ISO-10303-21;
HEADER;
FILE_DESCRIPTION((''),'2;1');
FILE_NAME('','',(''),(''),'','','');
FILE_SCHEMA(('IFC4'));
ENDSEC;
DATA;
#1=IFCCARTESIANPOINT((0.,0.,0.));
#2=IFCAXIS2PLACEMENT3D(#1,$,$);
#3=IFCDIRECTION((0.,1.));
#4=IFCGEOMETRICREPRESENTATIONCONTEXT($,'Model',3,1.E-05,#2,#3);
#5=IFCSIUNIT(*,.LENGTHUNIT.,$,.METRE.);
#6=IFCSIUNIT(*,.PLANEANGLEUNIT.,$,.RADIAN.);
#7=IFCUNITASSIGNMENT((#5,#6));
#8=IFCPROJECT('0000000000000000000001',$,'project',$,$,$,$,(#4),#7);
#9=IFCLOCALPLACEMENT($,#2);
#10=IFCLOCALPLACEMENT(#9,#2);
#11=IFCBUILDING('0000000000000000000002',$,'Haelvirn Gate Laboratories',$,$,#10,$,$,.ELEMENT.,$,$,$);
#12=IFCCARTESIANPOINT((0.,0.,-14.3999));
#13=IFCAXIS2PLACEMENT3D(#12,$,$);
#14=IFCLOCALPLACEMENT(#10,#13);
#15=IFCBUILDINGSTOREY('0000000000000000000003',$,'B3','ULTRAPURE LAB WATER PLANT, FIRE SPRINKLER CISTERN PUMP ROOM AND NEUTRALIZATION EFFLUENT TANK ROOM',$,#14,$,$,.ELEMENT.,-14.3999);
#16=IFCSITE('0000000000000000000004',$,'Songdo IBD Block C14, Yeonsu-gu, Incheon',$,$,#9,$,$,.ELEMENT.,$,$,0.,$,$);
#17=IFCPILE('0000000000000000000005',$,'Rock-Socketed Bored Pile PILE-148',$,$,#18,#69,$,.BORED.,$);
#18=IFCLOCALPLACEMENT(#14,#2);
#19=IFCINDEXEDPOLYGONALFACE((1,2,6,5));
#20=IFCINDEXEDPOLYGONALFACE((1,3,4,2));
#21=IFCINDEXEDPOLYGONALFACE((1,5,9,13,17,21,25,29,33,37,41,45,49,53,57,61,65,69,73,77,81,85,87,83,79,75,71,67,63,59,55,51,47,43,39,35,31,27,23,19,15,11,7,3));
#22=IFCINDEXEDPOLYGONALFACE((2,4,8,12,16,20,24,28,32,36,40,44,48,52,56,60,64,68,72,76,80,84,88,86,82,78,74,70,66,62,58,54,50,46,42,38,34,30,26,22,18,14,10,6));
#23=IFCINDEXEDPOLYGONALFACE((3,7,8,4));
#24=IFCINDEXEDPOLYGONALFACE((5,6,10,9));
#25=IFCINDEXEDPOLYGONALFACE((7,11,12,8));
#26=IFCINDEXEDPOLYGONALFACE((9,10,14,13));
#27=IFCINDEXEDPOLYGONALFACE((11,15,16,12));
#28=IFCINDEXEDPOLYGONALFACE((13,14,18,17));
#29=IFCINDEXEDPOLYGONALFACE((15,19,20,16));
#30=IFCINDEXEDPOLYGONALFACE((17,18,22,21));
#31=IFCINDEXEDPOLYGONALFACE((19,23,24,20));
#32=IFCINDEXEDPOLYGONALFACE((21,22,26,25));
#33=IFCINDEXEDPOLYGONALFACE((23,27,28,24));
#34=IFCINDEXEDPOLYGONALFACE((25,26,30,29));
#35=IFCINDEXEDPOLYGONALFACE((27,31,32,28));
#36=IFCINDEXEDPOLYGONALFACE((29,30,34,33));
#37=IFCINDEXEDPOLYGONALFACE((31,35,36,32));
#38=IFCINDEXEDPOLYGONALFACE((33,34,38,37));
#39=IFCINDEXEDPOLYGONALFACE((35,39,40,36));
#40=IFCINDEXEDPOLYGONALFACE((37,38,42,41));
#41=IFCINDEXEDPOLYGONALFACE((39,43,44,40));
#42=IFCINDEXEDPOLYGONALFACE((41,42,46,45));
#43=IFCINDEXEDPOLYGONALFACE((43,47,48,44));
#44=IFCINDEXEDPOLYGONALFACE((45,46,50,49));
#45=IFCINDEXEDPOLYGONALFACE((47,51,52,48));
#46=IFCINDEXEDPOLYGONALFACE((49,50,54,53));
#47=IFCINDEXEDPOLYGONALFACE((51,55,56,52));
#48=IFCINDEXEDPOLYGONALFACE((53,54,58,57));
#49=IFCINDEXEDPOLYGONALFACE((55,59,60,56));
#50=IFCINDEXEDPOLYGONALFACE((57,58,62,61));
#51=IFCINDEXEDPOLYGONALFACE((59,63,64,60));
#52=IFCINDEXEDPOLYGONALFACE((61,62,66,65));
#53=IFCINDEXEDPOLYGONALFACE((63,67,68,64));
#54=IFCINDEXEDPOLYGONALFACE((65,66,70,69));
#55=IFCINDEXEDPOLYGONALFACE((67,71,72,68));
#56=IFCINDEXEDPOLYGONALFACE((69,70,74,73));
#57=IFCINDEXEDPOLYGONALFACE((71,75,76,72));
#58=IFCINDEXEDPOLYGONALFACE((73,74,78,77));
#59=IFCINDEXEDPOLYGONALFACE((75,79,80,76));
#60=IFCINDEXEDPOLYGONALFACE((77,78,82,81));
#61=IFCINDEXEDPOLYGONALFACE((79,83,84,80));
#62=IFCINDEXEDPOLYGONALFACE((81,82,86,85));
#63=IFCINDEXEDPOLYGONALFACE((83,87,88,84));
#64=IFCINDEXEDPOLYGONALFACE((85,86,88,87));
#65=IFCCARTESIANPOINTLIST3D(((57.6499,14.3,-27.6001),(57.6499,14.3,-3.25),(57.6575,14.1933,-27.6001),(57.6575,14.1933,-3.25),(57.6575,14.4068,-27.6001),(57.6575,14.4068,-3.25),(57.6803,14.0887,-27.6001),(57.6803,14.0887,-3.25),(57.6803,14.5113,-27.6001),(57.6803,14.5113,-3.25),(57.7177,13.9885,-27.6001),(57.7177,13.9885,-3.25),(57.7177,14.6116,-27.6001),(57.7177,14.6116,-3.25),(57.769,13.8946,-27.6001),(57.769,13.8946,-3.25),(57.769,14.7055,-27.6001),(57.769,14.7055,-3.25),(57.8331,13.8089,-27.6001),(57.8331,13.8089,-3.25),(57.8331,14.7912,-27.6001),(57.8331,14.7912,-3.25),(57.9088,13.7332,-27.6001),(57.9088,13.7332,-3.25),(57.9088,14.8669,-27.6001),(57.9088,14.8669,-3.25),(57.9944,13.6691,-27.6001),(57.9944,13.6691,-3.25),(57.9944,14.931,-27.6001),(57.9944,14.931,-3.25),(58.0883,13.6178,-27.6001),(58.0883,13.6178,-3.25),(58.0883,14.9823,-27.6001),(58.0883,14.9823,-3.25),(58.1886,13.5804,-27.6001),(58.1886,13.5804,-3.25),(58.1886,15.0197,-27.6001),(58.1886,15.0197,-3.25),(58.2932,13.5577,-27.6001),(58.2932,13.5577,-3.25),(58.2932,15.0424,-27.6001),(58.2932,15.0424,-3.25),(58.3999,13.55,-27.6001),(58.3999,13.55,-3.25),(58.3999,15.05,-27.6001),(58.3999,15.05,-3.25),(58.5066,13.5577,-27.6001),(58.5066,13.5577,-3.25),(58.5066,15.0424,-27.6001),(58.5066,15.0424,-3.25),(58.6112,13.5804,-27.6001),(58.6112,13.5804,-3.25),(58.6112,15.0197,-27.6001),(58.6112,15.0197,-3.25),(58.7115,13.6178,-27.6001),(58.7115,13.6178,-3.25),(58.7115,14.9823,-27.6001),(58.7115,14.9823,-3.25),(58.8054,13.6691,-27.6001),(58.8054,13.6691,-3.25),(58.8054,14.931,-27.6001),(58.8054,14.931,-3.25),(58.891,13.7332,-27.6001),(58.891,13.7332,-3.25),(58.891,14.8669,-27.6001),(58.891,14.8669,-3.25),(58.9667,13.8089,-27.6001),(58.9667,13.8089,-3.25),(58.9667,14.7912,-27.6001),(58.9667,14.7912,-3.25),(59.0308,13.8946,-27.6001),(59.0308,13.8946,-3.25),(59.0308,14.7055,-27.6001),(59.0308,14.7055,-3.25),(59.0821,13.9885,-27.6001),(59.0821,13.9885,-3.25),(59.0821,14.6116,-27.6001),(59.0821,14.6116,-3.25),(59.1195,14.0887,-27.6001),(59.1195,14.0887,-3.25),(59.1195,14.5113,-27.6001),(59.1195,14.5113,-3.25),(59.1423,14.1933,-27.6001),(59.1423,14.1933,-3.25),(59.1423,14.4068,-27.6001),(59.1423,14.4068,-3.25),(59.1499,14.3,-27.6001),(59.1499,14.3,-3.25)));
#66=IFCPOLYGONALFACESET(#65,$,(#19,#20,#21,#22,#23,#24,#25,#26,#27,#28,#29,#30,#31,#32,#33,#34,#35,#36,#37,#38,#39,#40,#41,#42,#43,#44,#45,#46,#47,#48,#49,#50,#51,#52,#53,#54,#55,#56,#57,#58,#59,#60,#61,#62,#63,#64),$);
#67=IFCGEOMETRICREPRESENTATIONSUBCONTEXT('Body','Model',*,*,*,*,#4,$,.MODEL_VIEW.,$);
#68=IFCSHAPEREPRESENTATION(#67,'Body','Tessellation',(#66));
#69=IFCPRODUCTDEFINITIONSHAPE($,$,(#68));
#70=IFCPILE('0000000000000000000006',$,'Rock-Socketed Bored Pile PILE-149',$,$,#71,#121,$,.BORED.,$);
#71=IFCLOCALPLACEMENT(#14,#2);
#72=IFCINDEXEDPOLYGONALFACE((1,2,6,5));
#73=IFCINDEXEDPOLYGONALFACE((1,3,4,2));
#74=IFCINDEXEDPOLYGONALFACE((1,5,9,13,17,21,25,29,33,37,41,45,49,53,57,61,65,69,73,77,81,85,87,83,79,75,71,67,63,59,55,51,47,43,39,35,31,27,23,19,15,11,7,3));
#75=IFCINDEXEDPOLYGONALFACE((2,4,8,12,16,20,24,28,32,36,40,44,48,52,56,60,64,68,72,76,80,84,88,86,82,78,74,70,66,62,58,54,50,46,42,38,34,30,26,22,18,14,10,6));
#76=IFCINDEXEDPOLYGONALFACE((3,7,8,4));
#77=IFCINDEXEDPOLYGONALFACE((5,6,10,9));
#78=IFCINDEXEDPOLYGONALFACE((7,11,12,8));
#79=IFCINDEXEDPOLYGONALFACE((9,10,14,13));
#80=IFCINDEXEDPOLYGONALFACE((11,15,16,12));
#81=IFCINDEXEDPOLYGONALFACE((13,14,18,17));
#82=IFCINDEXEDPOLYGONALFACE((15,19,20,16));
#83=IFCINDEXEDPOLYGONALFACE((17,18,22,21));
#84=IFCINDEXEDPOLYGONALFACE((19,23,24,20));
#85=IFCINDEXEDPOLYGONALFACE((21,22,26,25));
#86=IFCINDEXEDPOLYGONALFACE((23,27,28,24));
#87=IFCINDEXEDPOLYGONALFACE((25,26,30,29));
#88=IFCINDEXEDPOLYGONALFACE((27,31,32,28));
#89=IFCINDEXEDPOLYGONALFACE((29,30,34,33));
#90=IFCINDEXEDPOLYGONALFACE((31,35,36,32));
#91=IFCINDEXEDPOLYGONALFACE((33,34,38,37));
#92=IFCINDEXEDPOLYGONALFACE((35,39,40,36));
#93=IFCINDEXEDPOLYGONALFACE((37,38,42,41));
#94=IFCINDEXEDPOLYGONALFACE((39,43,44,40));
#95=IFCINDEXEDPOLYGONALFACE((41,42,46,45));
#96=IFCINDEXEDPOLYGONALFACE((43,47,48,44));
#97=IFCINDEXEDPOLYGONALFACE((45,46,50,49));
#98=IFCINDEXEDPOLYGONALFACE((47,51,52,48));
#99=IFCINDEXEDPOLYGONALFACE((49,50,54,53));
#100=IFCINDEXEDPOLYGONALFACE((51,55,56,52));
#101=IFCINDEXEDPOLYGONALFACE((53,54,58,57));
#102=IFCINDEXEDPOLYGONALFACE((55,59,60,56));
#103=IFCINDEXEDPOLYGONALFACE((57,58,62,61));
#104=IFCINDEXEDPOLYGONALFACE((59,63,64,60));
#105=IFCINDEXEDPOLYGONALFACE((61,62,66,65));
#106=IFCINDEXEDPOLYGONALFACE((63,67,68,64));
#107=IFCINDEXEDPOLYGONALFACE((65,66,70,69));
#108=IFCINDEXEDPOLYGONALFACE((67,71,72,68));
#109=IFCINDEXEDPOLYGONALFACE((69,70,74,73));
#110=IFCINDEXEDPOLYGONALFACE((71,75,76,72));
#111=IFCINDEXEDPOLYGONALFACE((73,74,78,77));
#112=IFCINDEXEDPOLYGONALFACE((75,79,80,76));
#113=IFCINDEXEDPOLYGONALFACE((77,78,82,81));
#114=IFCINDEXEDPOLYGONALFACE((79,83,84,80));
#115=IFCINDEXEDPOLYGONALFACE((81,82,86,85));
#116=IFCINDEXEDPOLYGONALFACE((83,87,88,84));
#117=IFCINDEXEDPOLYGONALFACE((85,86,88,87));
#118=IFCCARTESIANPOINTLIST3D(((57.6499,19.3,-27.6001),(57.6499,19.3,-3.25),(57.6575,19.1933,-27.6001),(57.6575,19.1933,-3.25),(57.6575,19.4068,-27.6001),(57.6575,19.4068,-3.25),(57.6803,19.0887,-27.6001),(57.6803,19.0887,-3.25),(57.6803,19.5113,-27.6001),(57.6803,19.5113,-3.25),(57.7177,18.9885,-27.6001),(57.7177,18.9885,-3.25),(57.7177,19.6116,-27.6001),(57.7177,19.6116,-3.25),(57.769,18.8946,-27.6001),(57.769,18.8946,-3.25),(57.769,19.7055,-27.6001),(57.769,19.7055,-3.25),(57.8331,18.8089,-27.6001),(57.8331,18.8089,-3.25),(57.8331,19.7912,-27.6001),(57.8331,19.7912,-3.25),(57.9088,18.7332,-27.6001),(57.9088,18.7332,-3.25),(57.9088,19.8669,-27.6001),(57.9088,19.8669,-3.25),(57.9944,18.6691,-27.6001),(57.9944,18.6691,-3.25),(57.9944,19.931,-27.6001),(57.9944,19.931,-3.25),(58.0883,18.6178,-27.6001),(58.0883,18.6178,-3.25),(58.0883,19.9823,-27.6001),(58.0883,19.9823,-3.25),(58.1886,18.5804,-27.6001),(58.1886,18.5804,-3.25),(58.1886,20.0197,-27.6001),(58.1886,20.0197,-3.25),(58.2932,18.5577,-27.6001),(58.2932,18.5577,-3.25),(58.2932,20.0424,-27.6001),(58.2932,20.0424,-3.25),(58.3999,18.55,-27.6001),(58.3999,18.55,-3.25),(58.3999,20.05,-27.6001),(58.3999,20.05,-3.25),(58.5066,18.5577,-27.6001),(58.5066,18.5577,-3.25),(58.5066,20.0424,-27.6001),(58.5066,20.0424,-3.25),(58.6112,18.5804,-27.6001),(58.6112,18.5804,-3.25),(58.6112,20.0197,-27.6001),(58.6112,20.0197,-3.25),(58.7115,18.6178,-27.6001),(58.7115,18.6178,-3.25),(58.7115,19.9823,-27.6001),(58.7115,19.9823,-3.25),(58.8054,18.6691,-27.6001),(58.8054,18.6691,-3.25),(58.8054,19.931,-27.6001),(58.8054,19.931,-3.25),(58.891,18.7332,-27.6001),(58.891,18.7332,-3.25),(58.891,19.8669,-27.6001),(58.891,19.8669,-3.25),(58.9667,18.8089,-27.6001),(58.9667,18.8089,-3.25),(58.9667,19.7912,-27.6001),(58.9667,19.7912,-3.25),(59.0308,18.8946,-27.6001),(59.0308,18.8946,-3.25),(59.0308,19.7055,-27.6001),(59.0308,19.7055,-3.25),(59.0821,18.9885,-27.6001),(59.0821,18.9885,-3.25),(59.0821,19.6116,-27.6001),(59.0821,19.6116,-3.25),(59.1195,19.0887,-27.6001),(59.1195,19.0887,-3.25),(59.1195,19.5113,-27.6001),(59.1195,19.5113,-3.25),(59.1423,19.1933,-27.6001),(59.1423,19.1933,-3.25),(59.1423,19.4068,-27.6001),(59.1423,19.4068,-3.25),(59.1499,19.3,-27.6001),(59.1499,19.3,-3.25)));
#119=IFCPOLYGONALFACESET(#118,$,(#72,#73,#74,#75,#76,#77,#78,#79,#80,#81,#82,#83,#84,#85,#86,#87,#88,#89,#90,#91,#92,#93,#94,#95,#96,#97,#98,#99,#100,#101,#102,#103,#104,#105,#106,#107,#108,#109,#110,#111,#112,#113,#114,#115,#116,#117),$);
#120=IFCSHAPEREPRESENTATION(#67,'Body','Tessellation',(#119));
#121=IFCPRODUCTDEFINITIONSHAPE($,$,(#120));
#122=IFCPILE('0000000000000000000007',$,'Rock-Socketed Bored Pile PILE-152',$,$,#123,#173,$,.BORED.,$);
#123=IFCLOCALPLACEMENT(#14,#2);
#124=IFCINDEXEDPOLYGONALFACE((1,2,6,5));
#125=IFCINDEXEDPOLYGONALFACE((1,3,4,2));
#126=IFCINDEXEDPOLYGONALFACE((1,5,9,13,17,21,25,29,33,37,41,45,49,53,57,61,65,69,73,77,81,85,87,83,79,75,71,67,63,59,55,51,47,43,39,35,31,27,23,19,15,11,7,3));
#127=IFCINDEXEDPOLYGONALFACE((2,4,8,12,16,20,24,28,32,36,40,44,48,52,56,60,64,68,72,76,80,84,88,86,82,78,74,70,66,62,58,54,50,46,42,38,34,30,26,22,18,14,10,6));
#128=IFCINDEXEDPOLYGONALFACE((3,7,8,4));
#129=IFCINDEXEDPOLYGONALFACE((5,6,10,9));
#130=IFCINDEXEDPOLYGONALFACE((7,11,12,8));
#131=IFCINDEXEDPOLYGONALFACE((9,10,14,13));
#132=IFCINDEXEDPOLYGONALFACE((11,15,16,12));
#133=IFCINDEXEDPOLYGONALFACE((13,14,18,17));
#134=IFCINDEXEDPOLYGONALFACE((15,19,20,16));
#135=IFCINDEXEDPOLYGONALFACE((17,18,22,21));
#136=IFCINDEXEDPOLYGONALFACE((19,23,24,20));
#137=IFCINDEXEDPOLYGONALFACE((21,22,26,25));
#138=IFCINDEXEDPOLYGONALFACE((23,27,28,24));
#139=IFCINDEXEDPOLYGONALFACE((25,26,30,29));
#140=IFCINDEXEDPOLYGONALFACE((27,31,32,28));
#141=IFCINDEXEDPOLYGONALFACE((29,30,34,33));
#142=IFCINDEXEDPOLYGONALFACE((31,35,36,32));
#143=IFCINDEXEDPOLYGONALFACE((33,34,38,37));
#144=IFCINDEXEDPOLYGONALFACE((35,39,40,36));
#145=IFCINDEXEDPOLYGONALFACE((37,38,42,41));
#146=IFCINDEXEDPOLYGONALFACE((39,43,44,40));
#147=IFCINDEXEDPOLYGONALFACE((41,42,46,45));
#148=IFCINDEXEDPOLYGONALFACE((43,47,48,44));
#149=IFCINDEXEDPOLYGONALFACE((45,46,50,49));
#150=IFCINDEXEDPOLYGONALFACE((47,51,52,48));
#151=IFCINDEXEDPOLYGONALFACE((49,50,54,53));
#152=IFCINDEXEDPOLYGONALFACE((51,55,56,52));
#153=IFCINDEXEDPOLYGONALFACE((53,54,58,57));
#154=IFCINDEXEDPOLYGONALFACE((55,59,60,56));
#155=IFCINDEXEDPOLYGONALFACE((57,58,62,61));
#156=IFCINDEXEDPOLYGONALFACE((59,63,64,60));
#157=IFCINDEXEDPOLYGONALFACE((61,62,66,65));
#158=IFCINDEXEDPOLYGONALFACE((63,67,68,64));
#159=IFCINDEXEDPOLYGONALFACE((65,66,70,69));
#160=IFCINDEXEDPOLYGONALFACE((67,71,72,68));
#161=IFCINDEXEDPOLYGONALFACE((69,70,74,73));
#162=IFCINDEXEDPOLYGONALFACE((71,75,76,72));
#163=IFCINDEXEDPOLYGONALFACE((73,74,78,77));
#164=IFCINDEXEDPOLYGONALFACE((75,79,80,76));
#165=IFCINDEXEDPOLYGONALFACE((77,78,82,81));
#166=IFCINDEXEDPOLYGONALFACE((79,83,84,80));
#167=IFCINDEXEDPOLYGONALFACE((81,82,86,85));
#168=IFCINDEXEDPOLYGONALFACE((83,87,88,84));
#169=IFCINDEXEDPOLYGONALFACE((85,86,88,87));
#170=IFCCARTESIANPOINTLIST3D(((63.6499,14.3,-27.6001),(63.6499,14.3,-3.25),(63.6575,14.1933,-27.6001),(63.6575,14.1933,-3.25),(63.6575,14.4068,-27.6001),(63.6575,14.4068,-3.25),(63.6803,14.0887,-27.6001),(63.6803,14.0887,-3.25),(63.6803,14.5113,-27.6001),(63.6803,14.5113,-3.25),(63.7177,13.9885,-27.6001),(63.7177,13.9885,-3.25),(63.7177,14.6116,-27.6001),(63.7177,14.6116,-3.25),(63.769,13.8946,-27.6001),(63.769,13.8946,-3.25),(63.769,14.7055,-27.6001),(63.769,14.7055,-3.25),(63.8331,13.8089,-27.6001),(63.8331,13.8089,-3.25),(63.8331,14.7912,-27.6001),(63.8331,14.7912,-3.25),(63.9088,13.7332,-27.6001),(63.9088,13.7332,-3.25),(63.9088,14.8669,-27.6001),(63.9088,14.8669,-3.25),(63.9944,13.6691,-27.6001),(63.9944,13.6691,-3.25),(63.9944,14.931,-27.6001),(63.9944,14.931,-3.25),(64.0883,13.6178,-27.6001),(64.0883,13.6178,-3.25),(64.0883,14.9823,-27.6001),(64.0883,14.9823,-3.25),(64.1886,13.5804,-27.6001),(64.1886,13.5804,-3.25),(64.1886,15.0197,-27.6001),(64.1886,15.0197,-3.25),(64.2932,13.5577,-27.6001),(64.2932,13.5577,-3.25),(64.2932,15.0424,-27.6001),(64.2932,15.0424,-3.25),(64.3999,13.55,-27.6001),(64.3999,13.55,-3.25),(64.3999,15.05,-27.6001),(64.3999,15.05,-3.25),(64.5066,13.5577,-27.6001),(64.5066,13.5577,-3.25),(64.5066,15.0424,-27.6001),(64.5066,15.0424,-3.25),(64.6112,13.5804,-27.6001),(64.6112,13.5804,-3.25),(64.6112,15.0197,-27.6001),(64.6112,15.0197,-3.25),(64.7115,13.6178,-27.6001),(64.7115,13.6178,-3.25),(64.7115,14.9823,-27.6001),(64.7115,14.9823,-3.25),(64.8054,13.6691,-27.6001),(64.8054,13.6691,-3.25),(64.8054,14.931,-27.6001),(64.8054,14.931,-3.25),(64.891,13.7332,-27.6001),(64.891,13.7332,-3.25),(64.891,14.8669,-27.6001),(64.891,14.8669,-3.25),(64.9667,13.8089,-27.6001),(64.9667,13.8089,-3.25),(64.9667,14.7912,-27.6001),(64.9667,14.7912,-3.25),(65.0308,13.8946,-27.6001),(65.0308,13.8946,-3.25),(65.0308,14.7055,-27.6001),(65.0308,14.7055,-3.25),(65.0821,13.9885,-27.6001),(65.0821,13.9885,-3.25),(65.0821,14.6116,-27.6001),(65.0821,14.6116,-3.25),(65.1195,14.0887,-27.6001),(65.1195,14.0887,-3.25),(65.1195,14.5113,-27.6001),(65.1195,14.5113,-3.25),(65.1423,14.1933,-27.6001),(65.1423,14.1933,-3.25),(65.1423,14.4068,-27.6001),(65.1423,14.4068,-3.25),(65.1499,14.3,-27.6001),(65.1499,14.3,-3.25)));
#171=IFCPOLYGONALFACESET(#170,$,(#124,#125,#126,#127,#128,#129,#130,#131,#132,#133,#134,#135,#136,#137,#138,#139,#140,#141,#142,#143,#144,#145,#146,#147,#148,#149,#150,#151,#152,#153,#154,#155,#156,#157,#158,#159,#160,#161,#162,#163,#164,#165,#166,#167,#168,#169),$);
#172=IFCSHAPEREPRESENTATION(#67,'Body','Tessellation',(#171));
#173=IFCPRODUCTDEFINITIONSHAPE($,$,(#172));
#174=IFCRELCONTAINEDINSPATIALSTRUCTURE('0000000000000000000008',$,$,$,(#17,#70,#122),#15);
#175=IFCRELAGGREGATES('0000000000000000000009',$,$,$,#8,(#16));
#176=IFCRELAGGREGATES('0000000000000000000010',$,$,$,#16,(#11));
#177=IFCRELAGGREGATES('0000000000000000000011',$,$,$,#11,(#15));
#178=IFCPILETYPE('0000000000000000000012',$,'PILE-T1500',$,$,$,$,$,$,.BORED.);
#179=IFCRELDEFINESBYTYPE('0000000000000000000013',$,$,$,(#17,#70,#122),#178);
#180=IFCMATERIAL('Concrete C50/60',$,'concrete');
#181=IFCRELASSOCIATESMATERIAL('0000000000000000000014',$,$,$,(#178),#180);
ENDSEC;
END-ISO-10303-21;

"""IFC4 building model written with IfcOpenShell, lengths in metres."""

from ifc_helpers import new_model, si_unit, direction, frame, origin, origin_2d, place, context, subcontext, project, spatial, circle, extrude, source, transform, mapped, material, material_profile, profile_set, type_object, type_shapes, element, save


model = new_model("IFC4")

# Units and contexts
model_context = context("Model", 3, precision=1e-05, world=origin(), true_north=direction((0.0, 1.0)))
body_context = subcontext(model_context, "Body", "Model", "MODEL_VIEW")
ifc_project = project(units=[si_unit("LENGTHUNIT", "METRE"), si_unit("PLANEANGLEUNIT", "RADIAN")], contexts=[model_context])

# Site, building, storey
site_placement = place(None, origin())
site = spatial("IfcSite", under=ifc_project, at=site_placement, Name="Songdo IBD Block C14, Yeonsu-gu, Incheon", CompositionType="ELEMENT", RefElevation=0.0)
building_placement = place(site_placement, origin())
building = spatial("IfcBuilding", under=site, at=building_placement, Name="Haelvirn Gate Laboratories", CompositionType="ELEMENT")
storey_placement = place(building_placement, frame((0.0, 0.0, -14.3999)))
storey = spatial("IfcBuildingStorey", under=building, at=storey_placement, Name="B3", Description="ULTRAPURE LAB WATER PLANT, FIRE SPRINKLER CISTERN PUMP ROOM AND NEUTRALIZATION EFFLUENT TANK ROOM", CompositionType="ELEMENT", Elevation=-14.3999)

# Piles
ifc_material_1 = material(Name="Concrete C50/60", Category="concrete")
ifc_material_profile_1 = material_profile(ifc_material_1, circle(Radius=0.75, at=origin_2d()), Name="PILE-D1500")
ifc_profile_set_1 = profile_set([ifc_material_profile_1], Name="Concrete C50/60")
pile_type_1 = type_object("IfcPileType", Name="PILE-T1500", PredefinedType="BORED", material=ifc_profile_set_1)
shared_shape_1 = source(origin(), body_context, "Body", "SweptSolid", [
    extrude(circle(Radius=0.75, at=origin_2d()), origin(), (0.0, 0.0, 1.0), 24.3501),
])
type_shapes(pile_type_1, [shared_shape_1])
for number, where, z_axis, x_axis, name in (
    (1, (58.3999, 14.3, -3.25), (0.0, 0.0, -1.0), (1.0, 0.0, 0.0), "Rock-Socketed Bored Pile PILE-148"),
    (2, (58.3999, 19.3, -3.25), (0.0, 0.0, -1.0), (1.0, 0.0, 0.0), "Rock-Socketed Bored Pile PILE-149"),
    (3, (64.3999, 14.3, -3.25), (0.0, 0.0, -1.0), (1.0, 0.0, 0.0), "Rock-Socketed Bored Pile PILE-152"),
):
    element("IfcPile", number, at=place(storey_placement, frame(where, z_axis=z_axis, x_axis=x_axis)), inside=storey, type_object=pile_type_1, Name=name, PredefinedType="BORED", context=body_context, shape_type="MappedRepresentation", body=[
        mapped(shared_shape_1, transform((0.0, 0.0, 0.0), scale=1.0)),
    ])

save(model, "model.ifc")
